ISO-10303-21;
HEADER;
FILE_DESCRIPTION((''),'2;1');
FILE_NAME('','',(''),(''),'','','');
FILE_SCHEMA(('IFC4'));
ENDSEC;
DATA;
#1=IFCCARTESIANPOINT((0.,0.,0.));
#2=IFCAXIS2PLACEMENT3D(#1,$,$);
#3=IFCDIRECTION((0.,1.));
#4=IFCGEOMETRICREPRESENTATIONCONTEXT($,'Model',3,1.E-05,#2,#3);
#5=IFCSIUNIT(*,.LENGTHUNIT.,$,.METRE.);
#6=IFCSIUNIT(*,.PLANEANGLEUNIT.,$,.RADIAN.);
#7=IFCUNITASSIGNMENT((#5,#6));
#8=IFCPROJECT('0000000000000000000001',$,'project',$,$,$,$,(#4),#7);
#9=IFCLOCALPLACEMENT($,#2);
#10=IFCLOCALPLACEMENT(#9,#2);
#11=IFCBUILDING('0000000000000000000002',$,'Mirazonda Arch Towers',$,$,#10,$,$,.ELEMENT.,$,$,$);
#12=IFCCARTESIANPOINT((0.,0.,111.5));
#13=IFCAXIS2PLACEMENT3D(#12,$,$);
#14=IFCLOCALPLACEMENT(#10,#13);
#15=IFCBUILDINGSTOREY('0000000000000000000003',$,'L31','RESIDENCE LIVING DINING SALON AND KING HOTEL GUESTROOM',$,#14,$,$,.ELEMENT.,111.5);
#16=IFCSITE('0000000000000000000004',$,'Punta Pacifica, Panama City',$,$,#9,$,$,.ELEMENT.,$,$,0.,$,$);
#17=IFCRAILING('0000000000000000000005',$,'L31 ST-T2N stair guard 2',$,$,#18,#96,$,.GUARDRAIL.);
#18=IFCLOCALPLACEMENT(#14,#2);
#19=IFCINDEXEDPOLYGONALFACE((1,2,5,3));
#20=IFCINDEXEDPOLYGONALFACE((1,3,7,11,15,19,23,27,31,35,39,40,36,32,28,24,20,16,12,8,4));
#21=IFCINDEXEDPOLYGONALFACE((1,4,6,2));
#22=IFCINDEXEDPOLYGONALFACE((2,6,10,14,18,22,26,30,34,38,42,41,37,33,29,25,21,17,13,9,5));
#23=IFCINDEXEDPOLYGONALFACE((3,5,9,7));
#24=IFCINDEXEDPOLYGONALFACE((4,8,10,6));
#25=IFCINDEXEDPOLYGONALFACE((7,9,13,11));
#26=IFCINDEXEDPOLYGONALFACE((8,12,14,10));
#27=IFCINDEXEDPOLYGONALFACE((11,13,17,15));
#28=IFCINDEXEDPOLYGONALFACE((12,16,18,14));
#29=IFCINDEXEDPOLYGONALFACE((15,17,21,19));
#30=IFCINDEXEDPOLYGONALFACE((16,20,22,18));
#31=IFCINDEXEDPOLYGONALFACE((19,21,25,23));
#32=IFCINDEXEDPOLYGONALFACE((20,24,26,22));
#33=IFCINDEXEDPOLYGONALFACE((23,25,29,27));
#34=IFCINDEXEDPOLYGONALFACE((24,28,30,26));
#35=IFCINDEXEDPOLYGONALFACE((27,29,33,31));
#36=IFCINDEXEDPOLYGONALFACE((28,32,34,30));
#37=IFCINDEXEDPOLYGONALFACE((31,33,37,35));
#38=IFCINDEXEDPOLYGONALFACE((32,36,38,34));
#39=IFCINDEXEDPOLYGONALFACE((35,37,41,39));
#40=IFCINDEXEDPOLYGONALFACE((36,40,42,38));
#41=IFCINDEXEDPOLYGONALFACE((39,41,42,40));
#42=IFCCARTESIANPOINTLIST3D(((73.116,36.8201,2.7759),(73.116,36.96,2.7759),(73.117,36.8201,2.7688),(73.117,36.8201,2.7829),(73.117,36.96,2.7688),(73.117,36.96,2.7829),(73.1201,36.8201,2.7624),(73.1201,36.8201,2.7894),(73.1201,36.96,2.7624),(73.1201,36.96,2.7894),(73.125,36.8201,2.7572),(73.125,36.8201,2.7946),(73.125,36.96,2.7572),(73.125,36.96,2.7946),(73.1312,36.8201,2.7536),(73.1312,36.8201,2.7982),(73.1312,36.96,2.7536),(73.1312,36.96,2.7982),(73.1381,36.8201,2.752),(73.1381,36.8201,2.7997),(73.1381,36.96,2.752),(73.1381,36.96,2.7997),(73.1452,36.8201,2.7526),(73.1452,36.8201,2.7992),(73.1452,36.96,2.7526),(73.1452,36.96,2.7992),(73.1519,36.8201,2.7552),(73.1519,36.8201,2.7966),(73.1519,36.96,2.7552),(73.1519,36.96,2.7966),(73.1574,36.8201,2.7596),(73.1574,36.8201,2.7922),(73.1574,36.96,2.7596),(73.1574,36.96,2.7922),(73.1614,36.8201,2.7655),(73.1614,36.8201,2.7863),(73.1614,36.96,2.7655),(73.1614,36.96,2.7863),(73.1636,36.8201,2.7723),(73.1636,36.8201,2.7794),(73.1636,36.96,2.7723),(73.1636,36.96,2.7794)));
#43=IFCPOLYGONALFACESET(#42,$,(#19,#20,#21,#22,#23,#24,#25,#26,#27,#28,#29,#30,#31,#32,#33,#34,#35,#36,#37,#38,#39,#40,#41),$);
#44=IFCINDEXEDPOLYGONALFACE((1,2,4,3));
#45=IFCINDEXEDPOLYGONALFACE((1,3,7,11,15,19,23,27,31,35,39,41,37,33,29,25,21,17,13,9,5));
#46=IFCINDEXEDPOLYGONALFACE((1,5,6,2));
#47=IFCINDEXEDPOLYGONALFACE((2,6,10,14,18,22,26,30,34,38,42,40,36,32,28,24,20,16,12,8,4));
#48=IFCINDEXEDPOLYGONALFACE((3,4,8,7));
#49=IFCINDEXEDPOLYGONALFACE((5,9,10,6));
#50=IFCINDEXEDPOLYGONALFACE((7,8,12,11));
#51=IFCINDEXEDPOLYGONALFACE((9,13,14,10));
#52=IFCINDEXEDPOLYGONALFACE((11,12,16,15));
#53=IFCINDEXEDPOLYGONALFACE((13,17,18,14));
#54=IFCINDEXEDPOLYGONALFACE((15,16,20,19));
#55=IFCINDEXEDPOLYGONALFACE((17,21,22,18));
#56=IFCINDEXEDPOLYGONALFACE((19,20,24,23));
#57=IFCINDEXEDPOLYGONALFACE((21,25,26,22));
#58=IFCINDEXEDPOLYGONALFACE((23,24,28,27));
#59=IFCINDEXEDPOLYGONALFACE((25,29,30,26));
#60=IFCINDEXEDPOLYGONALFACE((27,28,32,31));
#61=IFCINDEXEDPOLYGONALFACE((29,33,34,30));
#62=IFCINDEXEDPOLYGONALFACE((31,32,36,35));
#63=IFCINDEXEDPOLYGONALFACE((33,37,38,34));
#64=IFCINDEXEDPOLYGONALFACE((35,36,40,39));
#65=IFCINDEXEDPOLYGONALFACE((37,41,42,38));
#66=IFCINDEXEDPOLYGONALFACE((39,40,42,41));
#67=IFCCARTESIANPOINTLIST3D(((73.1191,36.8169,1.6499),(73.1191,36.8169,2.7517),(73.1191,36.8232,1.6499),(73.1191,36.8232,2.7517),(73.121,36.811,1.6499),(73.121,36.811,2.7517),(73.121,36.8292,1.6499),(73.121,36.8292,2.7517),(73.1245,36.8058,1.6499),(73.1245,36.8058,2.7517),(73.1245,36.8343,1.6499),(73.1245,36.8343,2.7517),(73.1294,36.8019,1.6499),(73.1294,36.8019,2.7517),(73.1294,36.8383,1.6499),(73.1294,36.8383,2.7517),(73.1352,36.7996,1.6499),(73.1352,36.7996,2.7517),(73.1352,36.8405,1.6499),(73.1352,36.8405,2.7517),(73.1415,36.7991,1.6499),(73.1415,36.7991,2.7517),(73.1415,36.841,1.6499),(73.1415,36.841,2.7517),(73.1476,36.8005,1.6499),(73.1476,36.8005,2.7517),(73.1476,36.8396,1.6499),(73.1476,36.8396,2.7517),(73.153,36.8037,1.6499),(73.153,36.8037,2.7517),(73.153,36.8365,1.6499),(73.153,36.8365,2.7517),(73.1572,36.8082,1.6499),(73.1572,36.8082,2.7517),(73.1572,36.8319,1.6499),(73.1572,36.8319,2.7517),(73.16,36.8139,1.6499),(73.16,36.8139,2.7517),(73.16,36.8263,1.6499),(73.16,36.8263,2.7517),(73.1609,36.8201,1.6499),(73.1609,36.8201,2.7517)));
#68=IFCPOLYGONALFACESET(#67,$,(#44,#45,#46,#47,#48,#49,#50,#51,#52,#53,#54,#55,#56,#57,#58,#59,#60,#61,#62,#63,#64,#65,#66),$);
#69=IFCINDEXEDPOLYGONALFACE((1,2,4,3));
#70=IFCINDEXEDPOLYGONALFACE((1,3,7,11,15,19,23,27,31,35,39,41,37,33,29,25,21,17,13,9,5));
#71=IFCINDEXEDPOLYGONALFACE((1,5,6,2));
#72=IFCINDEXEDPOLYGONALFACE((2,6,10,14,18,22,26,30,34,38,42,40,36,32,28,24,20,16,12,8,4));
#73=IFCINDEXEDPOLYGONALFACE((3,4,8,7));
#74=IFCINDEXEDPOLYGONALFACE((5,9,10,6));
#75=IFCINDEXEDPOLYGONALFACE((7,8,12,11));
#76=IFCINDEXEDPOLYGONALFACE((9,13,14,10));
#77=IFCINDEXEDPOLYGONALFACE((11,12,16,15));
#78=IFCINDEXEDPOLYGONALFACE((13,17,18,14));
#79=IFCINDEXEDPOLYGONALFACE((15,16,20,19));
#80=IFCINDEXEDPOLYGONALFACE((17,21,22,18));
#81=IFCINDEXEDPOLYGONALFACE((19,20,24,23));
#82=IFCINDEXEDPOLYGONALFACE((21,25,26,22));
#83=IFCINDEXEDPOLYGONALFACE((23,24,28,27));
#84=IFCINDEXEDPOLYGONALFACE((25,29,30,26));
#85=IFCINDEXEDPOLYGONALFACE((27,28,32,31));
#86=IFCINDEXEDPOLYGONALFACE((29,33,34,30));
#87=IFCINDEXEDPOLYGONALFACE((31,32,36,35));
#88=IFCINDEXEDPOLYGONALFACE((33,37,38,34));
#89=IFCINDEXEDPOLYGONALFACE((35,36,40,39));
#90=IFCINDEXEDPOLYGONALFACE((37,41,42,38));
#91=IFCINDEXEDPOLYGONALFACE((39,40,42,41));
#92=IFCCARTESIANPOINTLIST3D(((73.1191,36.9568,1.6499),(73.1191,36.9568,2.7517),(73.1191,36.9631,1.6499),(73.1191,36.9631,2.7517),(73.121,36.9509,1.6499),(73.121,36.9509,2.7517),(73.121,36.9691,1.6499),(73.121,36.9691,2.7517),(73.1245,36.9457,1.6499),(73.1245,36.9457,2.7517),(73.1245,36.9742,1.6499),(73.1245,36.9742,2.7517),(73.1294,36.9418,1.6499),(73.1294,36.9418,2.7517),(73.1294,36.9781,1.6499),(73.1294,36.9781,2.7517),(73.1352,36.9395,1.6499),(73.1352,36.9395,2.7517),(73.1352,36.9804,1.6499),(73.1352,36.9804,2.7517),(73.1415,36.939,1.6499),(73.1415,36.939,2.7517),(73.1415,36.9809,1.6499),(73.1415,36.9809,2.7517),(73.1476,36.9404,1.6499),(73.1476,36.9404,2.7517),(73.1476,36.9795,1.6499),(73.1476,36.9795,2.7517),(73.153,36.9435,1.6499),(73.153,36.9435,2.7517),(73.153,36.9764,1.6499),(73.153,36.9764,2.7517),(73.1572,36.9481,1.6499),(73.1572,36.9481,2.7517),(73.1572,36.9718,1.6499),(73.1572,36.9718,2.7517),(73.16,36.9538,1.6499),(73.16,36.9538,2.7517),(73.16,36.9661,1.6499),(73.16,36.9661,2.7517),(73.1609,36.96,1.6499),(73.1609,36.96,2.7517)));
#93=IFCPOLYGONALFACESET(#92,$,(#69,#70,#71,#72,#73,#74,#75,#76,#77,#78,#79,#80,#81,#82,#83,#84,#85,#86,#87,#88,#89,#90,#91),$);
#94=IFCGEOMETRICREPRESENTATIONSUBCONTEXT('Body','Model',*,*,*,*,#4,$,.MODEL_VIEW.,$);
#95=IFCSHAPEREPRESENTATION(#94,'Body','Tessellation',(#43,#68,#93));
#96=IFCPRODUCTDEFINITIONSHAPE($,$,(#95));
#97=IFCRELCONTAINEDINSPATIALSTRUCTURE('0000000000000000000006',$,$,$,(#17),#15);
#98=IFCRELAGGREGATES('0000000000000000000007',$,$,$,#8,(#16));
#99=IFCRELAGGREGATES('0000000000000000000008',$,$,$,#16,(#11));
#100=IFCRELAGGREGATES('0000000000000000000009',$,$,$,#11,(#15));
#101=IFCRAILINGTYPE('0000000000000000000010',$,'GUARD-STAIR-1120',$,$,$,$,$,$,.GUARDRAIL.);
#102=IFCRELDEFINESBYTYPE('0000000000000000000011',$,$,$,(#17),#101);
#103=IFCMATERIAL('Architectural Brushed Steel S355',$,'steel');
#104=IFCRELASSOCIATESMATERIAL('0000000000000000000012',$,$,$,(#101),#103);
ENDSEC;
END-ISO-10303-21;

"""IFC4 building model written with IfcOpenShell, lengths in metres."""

from ifc_helpers import new_model, si_unit, direction, frame, origin, origin_2d, place, context, subcontext, project, spatial, circle, extrude, material, type_object, element, save


model = new_model("IFC4")

# Units and contexts
model_context = context("Model", 3, precision=1e-05, world=origin(), true_north=direction((0.0, 1.0)))
body_context = subcontext(model_context, "Body", "Model", "MODEL_VIEW")
ifc_project = project(units=[si_unit("LENGTHUNIT", "METRE"), si_unit("PLANEANGLEUNIT", "RADIAN")], contexts=[model_context])

# Site, building, storey
site_placement = place(None, origin())
site = spatial("IfcSite", under=ifc_project, at=site_placement, Name="Punta Pacifica, Panama City", CompositionType="ELEMENT", RefElevation=0.0)
building_placement = place(site_placement, origin())
building = spatial("IfcBuilding", under=site, at=building_placement, Name="Mirazonda Arch Towers", CompositionType="ELEMENT")
storey_placement = place(building_placement, frame((0.0, 0.0, 111.5)))
storey = spatial("IfcBuildingStorey", under=building, at=storey_placement, Name="L31", Description="RESIDENCE LIVING DINING SALON AND KING HOTEL GUESTROOM", CompositionType="ELEMENT", Elevation=111.5)

# Shared definitions
ifc_material_1 = material(Name="Architectural Brushed Steel S355", Category="steel")

# Railing
railing_type_1 = type_object("IfcRailingType", Name="GUARD-STAIR-1120", PredefinedType="GUARDRAIL", material=ifc_material_1)
railing_1_placement = place(storey_placement, frame((73.1399, 36.8201, 1.6499)))
element("IfcRailing", 1, at=railing_1_placement, inside=storey, type_object=railing_type_1, Name="L31 ST-T2N stair guard 2", PredefinedType="GUARDRAIL", context=body_context, shape_type="SweptSolid", body=[
    extrude(circle(Radius=0.0239, at=origin_2d()), frame((0.0, 0.0, 1.126), z_axis=(0.0, 1.0, 0.0), x_axis=(-1.0, 0.0, 0.0)), (0.0, 0.0, 1.0), 0.1399),
    extrude(circle(Radius=0.021, at=origin_2d()), origin(), (0.0, 0.0, 1.0), 1.1018),
    extrude(circle(Radius=0.021, at=origin_2d()), frame((0.0, 0.1399, 0.0)), (0.0, 0.0, 1.0), 1.1018),
])

save(model, "model.ifc")
